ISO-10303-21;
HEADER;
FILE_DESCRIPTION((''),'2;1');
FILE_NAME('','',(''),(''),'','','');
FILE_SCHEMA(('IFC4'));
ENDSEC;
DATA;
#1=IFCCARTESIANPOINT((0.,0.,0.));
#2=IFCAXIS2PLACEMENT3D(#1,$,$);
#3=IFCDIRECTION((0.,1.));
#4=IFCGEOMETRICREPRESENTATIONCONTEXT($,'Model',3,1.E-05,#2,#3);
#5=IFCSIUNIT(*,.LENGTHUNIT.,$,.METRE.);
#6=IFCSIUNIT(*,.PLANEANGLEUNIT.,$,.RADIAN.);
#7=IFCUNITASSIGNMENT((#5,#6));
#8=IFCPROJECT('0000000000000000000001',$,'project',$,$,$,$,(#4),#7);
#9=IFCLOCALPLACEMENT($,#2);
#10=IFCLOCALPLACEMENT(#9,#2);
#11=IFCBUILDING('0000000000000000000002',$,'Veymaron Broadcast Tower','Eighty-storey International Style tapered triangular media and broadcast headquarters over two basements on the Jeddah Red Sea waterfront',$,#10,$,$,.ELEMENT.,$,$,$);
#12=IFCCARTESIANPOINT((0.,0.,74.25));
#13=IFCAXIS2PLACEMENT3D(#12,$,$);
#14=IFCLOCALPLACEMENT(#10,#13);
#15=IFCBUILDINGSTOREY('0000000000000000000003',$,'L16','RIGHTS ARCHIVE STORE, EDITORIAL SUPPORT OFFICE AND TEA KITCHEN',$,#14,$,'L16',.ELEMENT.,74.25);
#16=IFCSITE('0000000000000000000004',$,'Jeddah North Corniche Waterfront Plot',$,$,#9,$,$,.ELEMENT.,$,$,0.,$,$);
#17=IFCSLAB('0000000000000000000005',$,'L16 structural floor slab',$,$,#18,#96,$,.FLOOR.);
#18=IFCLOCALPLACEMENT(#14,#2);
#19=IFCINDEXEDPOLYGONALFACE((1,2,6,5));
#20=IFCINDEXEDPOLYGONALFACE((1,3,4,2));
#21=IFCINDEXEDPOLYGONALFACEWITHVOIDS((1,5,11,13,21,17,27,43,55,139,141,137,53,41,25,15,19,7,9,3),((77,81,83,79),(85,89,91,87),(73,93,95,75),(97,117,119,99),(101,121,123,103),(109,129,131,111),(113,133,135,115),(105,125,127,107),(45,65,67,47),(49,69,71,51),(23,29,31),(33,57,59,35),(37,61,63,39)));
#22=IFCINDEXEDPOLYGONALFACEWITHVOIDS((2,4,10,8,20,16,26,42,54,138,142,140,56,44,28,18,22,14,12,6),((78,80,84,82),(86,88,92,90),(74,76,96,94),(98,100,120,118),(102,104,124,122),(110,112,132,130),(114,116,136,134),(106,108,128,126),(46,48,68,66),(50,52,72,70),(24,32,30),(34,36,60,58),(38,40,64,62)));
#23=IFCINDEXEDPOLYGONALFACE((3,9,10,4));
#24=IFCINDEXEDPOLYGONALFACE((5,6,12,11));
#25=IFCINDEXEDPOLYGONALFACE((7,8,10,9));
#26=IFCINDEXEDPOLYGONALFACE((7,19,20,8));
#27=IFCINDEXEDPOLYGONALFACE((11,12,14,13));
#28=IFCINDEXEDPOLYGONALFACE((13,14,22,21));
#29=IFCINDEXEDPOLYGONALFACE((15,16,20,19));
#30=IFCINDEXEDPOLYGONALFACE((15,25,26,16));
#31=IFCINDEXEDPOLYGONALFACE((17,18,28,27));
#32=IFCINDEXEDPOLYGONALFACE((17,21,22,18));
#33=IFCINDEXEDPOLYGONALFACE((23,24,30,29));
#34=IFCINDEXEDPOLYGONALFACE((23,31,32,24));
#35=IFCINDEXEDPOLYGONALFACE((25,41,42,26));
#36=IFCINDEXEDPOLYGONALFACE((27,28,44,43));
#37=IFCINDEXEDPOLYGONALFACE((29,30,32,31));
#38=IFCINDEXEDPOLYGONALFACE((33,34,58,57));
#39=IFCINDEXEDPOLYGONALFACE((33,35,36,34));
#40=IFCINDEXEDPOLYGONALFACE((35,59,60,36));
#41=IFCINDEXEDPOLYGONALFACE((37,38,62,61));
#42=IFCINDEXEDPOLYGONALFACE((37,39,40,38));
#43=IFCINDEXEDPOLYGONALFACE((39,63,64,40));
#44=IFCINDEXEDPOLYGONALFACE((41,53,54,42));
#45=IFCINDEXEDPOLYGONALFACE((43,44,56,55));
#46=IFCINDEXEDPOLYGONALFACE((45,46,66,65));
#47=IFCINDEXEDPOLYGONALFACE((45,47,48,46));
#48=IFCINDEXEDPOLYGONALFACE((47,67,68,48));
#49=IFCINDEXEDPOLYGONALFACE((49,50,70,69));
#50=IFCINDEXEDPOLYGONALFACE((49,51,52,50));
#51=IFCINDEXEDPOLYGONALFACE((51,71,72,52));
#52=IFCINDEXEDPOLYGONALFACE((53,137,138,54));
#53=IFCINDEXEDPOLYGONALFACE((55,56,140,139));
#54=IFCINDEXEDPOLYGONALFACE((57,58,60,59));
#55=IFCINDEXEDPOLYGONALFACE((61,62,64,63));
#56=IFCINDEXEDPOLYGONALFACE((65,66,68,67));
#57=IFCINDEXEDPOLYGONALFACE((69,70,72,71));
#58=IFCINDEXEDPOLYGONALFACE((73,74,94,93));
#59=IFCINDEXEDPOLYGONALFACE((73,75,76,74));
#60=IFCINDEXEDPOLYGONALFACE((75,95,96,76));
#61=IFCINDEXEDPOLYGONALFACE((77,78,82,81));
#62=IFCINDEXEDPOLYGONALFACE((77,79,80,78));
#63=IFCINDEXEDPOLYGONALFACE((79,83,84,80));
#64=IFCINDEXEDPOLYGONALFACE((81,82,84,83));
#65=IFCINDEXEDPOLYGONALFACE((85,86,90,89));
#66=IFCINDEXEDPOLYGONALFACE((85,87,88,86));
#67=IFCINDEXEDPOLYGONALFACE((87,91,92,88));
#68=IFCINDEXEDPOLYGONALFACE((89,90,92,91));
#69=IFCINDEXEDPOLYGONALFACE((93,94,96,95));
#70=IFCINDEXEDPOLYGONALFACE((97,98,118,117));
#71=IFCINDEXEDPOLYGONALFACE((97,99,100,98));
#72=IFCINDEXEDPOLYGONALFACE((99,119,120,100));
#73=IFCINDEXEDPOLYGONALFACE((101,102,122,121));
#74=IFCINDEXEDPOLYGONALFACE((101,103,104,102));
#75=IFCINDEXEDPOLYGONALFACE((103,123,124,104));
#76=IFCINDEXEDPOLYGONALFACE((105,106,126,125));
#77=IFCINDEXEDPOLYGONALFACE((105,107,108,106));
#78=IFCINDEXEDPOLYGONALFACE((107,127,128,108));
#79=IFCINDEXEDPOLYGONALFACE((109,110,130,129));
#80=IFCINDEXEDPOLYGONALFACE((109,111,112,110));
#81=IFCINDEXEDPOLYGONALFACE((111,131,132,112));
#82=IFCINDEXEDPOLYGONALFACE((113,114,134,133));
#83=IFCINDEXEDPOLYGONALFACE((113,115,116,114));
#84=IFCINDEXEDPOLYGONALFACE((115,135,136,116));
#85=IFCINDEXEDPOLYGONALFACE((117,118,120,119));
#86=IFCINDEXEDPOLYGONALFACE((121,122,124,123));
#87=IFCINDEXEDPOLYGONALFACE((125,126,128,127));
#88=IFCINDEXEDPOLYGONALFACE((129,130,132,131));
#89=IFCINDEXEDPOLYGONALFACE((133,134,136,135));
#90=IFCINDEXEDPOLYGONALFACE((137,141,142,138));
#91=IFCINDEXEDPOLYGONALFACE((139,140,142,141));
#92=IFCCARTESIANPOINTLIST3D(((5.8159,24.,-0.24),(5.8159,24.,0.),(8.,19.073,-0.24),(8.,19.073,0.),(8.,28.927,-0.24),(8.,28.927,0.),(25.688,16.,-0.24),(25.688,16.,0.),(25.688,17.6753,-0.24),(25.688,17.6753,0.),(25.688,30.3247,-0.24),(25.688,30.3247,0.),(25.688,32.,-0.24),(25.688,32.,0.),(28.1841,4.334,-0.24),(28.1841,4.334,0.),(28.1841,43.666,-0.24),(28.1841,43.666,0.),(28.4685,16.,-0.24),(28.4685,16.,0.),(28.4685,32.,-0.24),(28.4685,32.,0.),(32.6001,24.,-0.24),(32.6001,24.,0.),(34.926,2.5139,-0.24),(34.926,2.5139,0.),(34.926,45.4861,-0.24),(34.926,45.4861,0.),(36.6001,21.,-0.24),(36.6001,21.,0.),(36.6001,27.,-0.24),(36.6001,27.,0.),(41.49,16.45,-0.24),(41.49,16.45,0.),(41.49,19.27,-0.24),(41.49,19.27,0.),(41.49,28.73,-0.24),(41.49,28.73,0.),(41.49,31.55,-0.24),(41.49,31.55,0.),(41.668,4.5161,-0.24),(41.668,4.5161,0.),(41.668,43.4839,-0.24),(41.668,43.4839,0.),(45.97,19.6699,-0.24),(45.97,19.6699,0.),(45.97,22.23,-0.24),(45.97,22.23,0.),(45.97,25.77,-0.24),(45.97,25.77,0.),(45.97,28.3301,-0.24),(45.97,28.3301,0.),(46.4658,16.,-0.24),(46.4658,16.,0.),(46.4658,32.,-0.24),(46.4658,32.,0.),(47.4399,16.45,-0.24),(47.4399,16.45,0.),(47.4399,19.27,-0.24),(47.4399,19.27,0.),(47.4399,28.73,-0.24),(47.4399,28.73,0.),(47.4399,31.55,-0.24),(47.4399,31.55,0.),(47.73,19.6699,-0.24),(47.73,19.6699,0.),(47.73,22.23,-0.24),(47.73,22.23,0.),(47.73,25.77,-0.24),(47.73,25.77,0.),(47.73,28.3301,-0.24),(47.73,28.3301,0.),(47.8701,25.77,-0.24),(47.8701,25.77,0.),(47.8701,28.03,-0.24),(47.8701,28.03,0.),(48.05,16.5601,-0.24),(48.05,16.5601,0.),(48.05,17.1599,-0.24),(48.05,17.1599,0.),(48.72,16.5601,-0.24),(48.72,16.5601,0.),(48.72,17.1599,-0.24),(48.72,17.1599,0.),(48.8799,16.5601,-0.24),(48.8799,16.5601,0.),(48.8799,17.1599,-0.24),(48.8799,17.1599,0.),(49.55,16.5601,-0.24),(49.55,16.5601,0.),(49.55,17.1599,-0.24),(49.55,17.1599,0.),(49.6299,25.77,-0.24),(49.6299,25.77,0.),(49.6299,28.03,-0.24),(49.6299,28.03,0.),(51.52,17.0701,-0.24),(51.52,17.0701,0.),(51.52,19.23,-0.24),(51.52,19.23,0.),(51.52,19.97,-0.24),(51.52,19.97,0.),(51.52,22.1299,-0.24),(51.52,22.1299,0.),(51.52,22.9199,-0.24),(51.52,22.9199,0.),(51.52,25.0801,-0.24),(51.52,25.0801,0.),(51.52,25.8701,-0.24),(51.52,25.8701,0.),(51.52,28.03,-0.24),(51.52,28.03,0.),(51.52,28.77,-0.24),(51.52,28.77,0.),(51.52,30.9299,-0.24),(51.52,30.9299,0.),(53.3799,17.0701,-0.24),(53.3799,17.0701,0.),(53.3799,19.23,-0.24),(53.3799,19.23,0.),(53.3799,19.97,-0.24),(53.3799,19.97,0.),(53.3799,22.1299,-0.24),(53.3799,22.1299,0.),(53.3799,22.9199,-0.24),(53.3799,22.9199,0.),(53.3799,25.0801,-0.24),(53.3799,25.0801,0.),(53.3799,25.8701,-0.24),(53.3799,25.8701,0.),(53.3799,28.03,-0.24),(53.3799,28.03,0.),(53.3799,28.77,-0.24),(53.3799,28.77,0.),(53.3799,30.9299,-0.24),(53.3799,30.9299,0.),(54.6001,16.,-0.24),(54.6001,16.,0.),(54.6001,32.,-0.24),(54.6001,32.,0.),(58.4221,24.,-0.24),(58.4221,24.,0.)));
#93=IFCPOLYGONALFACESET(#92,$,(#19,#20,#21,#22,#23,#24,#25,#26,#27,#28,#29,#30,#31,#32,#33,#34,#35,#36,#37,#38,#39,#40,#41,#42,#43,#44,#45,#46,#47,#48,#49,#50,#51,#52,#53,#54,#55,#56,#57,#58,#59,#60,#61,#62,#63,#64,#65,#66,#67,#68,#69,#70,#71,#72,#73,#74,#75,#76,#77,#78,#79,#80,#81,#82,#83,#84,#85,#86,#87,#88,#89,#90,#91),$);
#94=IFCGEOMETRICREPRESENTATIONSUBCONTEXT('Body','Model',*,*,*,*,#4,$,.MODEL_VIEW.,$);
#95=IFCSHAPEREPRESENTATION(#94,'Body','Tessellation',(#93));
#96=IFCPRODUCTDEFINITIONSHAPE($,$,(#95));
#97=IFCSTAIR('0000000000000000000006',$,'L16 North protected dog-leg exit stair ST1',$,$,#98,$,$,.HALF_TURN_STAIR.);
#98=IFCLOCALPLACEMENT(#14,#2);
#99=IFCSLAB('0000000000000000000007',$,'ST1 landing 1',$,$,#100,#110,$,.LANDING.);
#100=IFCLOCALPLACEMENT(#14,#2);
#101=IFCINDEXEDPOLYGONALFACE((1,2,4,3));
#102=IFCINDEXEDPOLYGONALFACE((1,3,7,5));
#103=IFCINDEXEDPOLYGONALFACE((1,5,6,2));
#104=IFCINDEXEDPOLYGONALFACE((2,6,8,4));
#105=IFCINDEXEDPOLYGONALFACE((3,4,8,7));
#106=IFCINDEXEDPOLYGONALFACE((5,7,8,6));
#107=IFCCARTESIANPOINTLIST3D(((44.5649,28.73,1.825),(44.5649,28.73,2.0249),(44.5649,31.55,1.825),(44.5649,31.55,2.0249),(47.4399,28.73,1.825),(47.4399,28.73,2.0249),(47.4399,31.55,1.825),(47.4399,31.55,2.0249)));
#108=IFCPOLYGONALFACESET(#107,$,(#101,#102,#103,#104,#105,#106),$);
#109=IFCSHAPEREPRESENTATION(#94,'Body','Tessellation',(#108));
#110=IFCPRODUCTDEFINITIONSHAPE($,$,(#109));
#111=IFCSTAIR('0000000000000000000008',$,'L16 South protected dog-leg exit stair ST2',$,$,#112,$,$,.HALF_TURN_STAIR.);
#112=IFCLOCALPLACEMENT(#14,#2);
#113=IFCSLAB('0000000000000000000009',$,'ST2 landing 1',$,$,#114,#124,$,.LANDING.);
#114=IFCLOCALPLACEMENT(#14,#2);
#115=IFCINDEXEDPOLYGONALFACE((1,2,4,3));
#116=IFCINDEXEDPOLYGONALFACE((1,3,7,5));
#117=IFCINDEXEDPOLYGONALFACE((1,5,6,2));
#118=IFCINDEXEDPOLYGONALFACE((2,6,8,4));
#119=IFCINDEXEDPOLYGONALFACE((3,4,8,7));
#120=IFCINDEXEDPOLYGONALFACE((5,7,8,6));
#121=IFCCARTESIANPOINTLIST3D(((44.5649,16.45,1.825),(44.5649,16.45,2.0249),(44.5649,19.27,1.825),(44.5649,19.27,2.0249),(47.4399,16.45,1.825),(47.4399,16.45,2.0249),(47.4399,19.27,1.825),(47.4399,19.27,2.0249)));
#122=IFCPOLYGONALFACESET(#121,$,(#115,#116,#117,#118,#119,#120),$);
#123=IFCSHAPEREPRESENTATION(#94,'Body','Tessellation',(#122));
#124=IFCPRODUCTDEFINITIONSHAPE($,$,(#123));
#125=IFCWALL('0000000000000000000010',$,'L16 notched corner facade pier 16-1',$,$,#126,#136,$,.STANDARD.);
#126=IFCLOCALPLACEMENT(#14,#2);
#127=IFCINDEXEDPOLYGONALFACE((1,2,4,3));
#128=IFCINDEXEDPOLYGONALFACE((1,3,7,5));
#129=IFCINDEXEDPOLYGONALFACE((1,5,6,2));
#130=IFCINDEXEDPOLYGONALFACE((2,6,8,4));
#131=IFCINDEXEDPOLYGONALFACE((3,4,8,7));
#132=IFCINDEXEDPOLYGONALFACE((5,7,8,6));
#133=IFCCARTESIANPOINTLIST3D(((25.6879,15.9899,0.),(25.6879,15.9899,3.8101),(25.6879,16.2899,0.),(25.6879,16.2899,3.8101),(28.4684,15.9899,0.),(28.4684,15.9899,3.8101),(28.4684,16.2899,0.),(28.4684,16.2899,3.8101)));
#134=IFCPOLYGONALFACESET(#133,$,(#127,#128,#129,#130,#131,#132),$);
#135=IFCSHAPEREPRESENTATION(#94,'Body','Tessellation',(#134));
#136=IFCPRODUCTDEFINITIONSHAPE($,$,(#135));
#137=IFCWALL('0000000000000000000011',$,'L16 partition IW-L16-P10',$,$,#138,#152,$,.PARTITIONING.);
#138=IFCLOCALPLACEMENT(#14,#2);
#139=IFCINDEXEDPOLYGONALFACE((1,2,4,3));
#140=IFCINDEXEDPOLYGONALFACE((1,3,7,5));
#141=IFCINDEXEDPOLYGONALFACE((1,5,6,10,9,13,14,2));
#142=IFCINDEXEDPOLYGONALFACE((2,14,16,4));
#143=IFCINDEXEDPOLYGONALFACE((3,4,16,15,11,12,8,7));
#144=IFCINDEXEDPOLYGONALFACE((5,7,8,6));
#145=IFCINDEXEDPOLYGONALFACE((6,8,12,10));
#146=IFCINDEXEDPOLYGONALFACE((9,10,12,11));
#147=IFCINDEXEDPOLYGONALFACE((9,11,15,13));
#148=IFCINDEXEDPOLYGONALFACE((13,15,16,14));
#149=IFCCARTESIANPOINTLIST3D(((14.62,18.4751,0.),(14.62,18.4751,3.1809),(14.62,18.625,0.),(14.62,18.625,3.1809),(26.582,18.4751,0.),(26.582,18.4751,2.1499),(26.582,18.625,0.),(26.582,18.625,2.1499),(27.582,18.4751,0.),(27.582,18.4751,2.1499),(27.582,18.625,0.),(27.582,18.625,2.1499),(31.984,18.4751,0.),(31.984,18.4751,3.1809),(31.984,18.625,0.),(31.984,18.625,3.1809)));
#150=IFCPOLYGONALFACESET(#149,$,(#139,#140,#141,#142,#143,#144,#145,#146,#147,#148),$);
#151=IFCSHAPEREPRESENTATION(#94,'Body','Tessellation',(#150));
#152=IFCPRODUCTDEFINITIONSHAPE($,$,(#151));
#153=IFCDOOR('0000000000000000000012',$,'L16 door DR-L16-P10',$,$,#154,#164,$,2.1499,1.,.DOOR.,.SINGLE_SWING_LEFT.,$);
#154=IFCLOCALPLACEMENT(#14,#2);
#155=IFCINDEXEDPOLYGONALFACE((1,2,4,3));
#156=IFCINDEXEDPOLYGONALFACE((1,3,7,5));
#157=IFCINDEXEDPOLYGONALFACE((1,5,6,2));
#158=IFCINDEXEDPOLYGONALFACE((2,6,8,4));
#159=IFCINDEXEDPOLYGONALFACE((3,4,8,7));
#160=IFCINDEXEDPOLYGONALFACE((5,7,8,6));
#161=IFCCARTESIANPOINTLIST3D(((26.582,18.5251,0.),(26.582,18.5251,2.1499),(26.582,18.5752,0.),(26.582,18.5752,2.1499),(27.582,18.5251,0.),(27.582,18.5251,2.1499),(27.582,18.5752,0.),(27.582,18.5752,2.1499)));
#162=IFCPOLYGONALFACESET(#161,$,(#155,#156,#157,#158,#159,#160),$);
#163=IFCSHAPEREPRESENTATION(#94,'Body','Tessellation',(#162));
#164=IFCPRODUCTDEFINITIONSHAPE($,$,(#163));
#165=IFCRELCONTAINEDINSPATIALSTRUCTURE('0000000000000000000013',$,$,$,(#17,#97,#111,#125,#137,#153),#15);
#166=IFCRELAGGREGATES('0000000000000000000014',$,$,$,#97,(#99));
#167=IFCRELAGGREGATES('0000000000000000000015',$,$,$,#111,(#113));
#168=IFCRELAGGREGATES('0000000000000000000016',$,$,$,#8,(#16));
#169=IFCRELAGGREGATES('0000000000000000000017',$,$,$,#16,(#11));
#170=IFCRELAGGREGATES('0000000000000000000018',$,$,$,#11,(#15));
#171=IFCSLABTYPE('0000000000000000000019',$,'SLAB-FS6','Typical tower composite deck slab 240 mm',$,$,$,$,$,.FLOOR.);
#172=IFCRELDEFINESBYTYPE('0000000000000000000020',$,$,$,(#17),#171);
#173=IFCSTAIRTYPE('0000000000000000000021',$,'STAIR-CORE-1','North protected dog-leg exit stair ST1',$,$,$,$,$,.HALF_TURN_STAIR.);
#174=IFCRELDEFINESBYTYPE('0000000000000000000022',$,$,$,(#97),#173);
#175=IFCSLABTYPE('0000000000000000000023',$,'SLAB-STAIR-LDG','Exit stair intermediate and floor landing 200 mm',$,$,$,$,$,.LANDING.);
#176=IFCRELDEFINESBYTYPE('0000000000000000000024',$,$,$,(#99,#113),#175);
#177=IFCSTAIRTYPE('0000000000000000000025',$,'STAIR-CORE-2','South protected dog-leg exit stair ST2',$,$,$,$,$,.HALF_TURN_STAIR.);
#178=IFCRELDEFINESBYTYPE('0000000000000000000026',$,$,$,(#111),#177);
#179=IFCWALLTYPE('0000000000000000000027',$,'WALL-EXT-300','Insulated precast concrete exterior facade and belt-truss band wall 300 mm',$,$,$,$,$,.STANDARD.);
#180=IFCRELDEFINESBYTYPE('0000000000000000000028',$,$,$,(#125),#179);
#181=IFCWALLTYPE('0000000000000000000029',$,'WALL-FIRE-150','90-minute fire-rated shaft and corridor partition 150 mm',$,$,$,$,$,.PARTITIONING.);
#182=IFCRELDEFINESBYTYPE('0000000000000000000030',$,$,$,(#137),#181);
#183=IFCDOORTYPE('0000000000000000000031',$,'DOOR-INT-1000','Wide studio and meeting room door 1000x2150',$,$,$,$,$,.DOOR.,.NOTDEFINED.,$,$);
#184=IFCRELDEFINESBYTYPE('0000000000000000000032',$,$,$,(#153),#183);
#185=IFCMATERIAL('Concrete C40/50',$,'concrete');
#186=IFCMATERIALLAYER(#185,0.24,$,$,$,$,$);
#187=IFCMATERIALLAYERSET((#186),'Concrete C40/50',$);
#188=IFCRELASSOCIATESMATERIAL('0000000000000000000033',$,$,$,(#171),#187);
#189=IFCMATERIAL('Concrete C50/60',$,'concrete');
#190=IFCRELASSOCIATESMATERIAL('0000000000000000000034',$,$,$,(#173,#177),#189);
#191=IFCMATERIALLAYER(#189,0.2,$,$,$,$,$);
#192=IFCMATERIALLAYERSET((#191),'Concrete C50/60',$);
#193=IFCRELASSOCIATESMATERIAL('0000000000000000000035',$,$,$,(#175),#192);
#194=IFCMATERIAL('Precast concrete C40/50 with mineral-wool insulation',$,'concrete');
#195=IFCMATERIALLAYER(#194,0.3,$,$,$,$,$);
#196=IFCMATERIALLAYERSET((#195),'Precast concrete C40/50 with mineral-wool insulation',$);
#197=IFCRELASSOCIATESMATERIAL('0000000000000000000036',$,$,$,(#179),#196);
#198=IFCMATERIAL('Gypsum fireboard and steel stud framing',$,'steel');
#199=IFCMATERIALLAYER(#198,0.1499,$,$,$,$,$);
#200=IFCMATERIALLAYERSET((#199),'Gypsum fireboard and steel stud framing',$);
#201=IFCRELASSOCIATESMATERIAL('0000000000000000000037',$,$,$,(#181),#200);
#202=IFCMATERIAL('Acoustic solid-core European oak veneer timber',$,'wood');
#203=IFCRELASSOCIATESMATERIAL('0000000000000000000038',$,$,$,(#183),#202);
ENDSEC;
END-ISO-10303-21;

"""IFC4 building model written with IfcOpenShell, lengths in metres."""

from ifc_helpers import new_model, si_unit, direction, frame, frame_2d, origin, place, context, subcontext, project, spatial, polyline, rectangle, outline, extrude, material, layer, layer_set, type_object, element, fill, aggregate, save


model = new_model("IFC4")

# Units and contexts
model_context = context("Model", 3, precision=1e-05, world=origin(), true_north=direction((0.0, 1.0)))
body_context = subcontext(model_context, "Body", "Model", "MODEL_VIEW")
ifc_project = project(units=[si_unit("LENGTHUNIT", "METRE"), si_unit("PLANEANGLEUNIT", "RADIAN")], contexts=[model_context])

# Site, building, storey
site_placement = place(None, origin())
site = spatial("IfcSite", under=ifc_project, at=site_placement, Name="Jeddah North Corniche Waterfront Plot", CompositionType="ELEMENT", RefElevation=0.0)
building_placement = place(site_placement, origin())
building = spatial("IfcBuilding", under=site, at=building_placement, Name="Veymaron Broadcast Tower", Description="Eighty-storey International Style tapered triangular media and broadcast headquarters over two basements on the Jeddah Red Sea waterfront", CompositionType="ELEMENT")
storey_placement = place(building_placement, frame((0.0, 0.0, 74.25)))
storey = spatial("IfcBuildingStorey", under=building, at=storey_placement, Name="L16", Description="RIGHTS ARCHIVE STORE, EDITORIAL SUPPORT OFFICE AND TEA KITCHEN", LongName="L16", CompositionType="ELEMENT", Elevation=74.25)

# Slab
ifc_material_1 = material(Name="Concrete C40/50", Category="concrete")
ifc_layer_1 = layer(ifc_material_1, 0.24)
ifc_layer_set_1 = layer_set([ifc_layer_1], Name="Concrete C40/50")
slab_type_1 = type_object("IfcSlabType", Name="SLAB-FS6", Description="Typical tower composite deck slab 240 mm", PredefinedType="FLOOR", material=ifc_layer_set_1)
slab_1_placement = place(storey_placement, frame((0.0, 0.0, -0.24)))
element("IfcSlab", 1, at=slab_1_placement, inside=storey, type_object=slab_type_1, Name="L16 structural floor slab", PredefinedType="FLOOR", context=body_context, shape_type="SweptSolid", body=[
    extrude(outline(polyline([(46.4658, 16.0), (54.6001, 16.0), (58.4221, 24.0), (54.6001, 32.0), (46.4658, 32.0), (41.668, 43.4839), (34.926, 45.4861), (28.1841, 43.666), (28.4685, 32.0), (25.688, 32.0), (25.688, 30.3247), (8.0, 28.927), (5.8159, 24.0), (8.0, 19.073), (25.688, 17.6753), (25.688, 16.0), (28.4685, 16.0), (28.1841, 4.334), (34.926, 2.5139), (41.668, 4.5161), (46.4658, 16.0)]), holes=[polyline([(45.97, 28.3301), (47.73, 28.3301), (47.73, 25.77), (45.97, 25.77), (45.97, 28.3301)]), polyline([(45.97, 22.23), (47.73, 22.23), (47.73, 19.6699), (45.97, 19.6699), (45.97, 22.23)]), polyline([(47.8701, 28.03), (49.6299, 28.03), (49.6299, 25.77), (47.8701, 25.77), (47.8701, 28.03)]), polyline([(51.52, 30.9299), (53.3799, 30.9299), (53.3799, 28.77), (51.52, 28.77), (51.52, 30.9299)]), polyline([(51.52, 28.03), (53.3799, 28.03), (53.3799, 25.8701), (51.52, 25.8701), (51.52, 28.03)]), polyline([(51.52, 22.1299), (53.3799, 22.1299), (53.3799, 19.97), (51.52, 19.97), (51.52, 22.1299)]), polyline([(51.52, 25.0801), (53.3799, 25.0801), (53.3799, 22.9199), (51.52, 22.9199), (51.52, 25.0801)]), polyline([(51.52, 19.23), (53.3799, 19.23), (53.3799, 17.0701), (51.52, 17.0701), (51.52, 19.23)]), polyline([(48.05, 17.1599), (48.72, 17.1599), (48.72, 16.5601), (48.05, 16.5601), (48.05, 17.1599)]), polyline([(48.8799, 17.1599), (49.55, 17.1599), (49.55, 16.5601), (48.8799, 16.5601), (48.8799, 17.1599)]), polyline([(36.6001, 27.0), (36.6001, 21.0), (32.6001, 24.0), (36.6001, 27.0)]), polyline([(41.49, 31.55), (47.4399, 31.55), (47.4399, 28.73), (41.49, 28.73), (41.49, 31.55)]), polyline([(41.49, 19.27), (47.4399, 19.27), (47.4399, 16.45), (41.49, 16.45), (41.49, 19.27)])]), origin(), (0.0, 0.0, 1.0), 0.24),
])

# Stairs, slabs
ifc_material_2 = material(Name="Concrete C50/60", Category="concrete")
stair_type_1 = type_object("IfcStairType", Name="STAIR-CORE-1", Description="North protected dog-leg exit stair ST1", PredefinedType="HALF_TURN_STAIR", material=ifc_material_2)
stair_1_placement = place(storey_placement, origin())
stair_1 = element("IfcStair", 2, at=stair_1_placement, inside=storey, type_object=stair_type_1, Name="L16 North protected dog-leg exit stair ST1", PredefinedType="HALF_TURN_STAIR")
ifc_layer_2 = layer(ifc_material_2, 0.2)
ifc_layer_set_2 = layer_set([ifc_layer_2], Name="Concrete C50/60")
slab_type_2 = type_object("IfcSlabType", Name="SLAB-STAIR-LDG", Description="Exit stair intermediate and floor landing 200 mm", PredefinedType="LANDING", material=ifc_layer_set_2)
slab_2_placement = place(storey_placement, frame((0.0, 0.0, 1.825)))
slab_2 = element("IfcSlab", 3, at=slab_2_placement, type_object=slab_type_2, Name="ST1 landing 1", PredefinedType="LANDING", context=body_context, shape_type="SweptSolid", body=[
    extrude(outline(polyline([(44.5649, 28.73), (47.4399, 28.73), (47.4399, 31.55), (44.5649, 31.55), (44.5649, 28.73)])), origin(), (0.0, 0.0, 1.0), 0.2),
])
aggregate(stair_1, [slab_2])
stair_type_2 = type_object("IfcStairType", Name="STAIR-CORE-2", Description="South protected dog-leg exit stair ST2", PredefinedType="HALF_TURN_STAIR", material=ifc_material_2)
stair_2_placement = place(storey_placement, origin())
stair_2 = element("IfcStair", 4, at=stair_2_placement, inside=storey, type_object=stair_type_2, Name="L16 South protected dog-leg exit stair ST2", PredefinedType="HALF_TURN_STAIR")
slab_3_placement = place(storey_placement, frame((0.0, 0.0, 1.825)))
slab_3 = element("IfcSlab", 5, at=slab_3_placement, type_object=slab_type_2, Name="ST2 landing 1", PredefinedType="LANDING", context=body_context, shape_type="SweptSolid", body=[
    extrude(outline(polyline([(44.5649, 16.45), (47.4399, 16.45), (47.4399, 19.27), (44.5649, 19.27), (44.5649, 16.45)])), origin(), (0.0, 0.0, 1.0), 0.2),
])
aggregate(stair_2, [slab_3])

# Wall
ifc_material_3 = material(Name="Precast concrete C40/50 with mineral-wool insulation", Category="concrete")
ifc_layer_3 = layer(ifc_material_3, 0.3)
ifc_layer_set_3 = layer_set([ifc_layer_3], Name="Precast concrete C40/50 with mineral-wool insulation")
wall_type_1 = type_object("IfcWallType", Name="WALL-EXT-300", Description="Insulated precast concrete exterior facade and belt-truss band wall 300 mm", PredefinedType="STANDARD", material=ifc_layer_set_3)
wall_1_placement = place(storey_placement, frame((25.688, 16.1399, 0.0), z_axis=(0.0, 0.0, 1.0), x_axis=(1.0, 0.0, 0.0)))
element("IfcWall", 6, at=wall_1_placement, inside=storey, type_object=wall_type_1, Name="L16 notched corner facade pier 16-1", PredefinedType="STANDARD", context=body_context, shape_type="SweptSolid", body=[
    extrude(rectangle(XDim=2.7805, YDim=0.3, at=frame_2d((1.3901, 0.0))), origin(), (0.0, 0.0, 1.0), 3.8101),
])

# Wall, opening, door
ifc_material_4 = material(Name="Gypsum fireboard and steel stud framing", Category="steel")
ifc_layer_4 = layer(ifc_material_4, 0.1499)
ifc_layer_set_4 = layer_set([ifc_layer_4], Name="Gypsum fireboard and steel stud framing")
wall_type_2 = type_object("IfcWallType", Name="WALL-FIRE-150", Description="90-minute fire-rated shaft and corridor partition 150 mm", PredefinedType="PARTITIONING", material=ifc_layer_set_4)
wall_2_placement = place(storey_placement, frame((14.6199, 18.55, 0.0), z_axis=(0.0, 0.0, 1.0), x_axis=(1.0, 0.0, 0.0)))
wall_2 = element("IfcWall", 7, at=wall_2_placement, inside=storey, type_object=wall_type_2, Name="L16 partition IW-L16-P10", PredefinedType="PARTITIONING", context=body_context, shape_type="SweptSolid", body=[
    extrude(rectangle(XDim=17.364, YDim=0.1499, at=frame_2d((8.6821, 0.0))), origin(), (0.0, 0.0, 1.0), 3.1809),
])
opening_1_placement = place(wall_2_placement, frame((11.9622, 0.0, 0.0)))
opening_1 = element("IfcOpeningElement", 8, at=opening_1_placement, cuts=wall_2, PredefinedType="OPENING", context=body_context, shape_type="SweptSolid", body=[
    extrude(rectangle(XDim=1.0, YDim=2.1499, at=frame_2d((0.5, 1.075))), frame((0.0, 0.085, 0.0), z_axis=(0.0, -1.0, 0.0), x_axis=(1.0, 0.0, 0.0)), (0.0, 0.0, 1.0), 0.1699),
])
ifc_material_5 = material(Name="Acoustic solid-core European oak veneer timber", Category="wood")
door_type_1 = type_object("IfcDoorType", Name="DOOR-INT-1000", Description="Wide studio and meeting room door 1000x2150", OperationType="NOTDEFINED", PredefinedType="DOOR", material=ifc_material_5)
door_1_placement = place(opening_1_placement, frame((1.0, 0.0, 0.0), z_axis=(0.0, 0.0, 1.0), x_axis=(-1.0, 0.0, 0.0)))
door_1 = element("IfcDoor", 9, at=door_1_placement, inside=storey, type_object=door_type_1, Name="L16 door DR-L16-P10", OperationType="SINGLE_SWING_LEFT", OverallHeight=2.1499, OverallWidth=1.0, PredefinedType="DOOR", context=body_context, shape_type="SweptSolid", body=[
    extrude(rectangle(XDim=1.0, YDim=2.1499, at=frame_2d((0.5, 1.075))), frame((0.0, 0.0249, 0.0), z_axis=(0.0, -1.0, 0.0), x_axis=(1.0, 0.0, 0.0)), (0.0, 0.0, 1.0), 0.05),
])
fill(opening_1, door_1)

save(model, "model.ifc")
